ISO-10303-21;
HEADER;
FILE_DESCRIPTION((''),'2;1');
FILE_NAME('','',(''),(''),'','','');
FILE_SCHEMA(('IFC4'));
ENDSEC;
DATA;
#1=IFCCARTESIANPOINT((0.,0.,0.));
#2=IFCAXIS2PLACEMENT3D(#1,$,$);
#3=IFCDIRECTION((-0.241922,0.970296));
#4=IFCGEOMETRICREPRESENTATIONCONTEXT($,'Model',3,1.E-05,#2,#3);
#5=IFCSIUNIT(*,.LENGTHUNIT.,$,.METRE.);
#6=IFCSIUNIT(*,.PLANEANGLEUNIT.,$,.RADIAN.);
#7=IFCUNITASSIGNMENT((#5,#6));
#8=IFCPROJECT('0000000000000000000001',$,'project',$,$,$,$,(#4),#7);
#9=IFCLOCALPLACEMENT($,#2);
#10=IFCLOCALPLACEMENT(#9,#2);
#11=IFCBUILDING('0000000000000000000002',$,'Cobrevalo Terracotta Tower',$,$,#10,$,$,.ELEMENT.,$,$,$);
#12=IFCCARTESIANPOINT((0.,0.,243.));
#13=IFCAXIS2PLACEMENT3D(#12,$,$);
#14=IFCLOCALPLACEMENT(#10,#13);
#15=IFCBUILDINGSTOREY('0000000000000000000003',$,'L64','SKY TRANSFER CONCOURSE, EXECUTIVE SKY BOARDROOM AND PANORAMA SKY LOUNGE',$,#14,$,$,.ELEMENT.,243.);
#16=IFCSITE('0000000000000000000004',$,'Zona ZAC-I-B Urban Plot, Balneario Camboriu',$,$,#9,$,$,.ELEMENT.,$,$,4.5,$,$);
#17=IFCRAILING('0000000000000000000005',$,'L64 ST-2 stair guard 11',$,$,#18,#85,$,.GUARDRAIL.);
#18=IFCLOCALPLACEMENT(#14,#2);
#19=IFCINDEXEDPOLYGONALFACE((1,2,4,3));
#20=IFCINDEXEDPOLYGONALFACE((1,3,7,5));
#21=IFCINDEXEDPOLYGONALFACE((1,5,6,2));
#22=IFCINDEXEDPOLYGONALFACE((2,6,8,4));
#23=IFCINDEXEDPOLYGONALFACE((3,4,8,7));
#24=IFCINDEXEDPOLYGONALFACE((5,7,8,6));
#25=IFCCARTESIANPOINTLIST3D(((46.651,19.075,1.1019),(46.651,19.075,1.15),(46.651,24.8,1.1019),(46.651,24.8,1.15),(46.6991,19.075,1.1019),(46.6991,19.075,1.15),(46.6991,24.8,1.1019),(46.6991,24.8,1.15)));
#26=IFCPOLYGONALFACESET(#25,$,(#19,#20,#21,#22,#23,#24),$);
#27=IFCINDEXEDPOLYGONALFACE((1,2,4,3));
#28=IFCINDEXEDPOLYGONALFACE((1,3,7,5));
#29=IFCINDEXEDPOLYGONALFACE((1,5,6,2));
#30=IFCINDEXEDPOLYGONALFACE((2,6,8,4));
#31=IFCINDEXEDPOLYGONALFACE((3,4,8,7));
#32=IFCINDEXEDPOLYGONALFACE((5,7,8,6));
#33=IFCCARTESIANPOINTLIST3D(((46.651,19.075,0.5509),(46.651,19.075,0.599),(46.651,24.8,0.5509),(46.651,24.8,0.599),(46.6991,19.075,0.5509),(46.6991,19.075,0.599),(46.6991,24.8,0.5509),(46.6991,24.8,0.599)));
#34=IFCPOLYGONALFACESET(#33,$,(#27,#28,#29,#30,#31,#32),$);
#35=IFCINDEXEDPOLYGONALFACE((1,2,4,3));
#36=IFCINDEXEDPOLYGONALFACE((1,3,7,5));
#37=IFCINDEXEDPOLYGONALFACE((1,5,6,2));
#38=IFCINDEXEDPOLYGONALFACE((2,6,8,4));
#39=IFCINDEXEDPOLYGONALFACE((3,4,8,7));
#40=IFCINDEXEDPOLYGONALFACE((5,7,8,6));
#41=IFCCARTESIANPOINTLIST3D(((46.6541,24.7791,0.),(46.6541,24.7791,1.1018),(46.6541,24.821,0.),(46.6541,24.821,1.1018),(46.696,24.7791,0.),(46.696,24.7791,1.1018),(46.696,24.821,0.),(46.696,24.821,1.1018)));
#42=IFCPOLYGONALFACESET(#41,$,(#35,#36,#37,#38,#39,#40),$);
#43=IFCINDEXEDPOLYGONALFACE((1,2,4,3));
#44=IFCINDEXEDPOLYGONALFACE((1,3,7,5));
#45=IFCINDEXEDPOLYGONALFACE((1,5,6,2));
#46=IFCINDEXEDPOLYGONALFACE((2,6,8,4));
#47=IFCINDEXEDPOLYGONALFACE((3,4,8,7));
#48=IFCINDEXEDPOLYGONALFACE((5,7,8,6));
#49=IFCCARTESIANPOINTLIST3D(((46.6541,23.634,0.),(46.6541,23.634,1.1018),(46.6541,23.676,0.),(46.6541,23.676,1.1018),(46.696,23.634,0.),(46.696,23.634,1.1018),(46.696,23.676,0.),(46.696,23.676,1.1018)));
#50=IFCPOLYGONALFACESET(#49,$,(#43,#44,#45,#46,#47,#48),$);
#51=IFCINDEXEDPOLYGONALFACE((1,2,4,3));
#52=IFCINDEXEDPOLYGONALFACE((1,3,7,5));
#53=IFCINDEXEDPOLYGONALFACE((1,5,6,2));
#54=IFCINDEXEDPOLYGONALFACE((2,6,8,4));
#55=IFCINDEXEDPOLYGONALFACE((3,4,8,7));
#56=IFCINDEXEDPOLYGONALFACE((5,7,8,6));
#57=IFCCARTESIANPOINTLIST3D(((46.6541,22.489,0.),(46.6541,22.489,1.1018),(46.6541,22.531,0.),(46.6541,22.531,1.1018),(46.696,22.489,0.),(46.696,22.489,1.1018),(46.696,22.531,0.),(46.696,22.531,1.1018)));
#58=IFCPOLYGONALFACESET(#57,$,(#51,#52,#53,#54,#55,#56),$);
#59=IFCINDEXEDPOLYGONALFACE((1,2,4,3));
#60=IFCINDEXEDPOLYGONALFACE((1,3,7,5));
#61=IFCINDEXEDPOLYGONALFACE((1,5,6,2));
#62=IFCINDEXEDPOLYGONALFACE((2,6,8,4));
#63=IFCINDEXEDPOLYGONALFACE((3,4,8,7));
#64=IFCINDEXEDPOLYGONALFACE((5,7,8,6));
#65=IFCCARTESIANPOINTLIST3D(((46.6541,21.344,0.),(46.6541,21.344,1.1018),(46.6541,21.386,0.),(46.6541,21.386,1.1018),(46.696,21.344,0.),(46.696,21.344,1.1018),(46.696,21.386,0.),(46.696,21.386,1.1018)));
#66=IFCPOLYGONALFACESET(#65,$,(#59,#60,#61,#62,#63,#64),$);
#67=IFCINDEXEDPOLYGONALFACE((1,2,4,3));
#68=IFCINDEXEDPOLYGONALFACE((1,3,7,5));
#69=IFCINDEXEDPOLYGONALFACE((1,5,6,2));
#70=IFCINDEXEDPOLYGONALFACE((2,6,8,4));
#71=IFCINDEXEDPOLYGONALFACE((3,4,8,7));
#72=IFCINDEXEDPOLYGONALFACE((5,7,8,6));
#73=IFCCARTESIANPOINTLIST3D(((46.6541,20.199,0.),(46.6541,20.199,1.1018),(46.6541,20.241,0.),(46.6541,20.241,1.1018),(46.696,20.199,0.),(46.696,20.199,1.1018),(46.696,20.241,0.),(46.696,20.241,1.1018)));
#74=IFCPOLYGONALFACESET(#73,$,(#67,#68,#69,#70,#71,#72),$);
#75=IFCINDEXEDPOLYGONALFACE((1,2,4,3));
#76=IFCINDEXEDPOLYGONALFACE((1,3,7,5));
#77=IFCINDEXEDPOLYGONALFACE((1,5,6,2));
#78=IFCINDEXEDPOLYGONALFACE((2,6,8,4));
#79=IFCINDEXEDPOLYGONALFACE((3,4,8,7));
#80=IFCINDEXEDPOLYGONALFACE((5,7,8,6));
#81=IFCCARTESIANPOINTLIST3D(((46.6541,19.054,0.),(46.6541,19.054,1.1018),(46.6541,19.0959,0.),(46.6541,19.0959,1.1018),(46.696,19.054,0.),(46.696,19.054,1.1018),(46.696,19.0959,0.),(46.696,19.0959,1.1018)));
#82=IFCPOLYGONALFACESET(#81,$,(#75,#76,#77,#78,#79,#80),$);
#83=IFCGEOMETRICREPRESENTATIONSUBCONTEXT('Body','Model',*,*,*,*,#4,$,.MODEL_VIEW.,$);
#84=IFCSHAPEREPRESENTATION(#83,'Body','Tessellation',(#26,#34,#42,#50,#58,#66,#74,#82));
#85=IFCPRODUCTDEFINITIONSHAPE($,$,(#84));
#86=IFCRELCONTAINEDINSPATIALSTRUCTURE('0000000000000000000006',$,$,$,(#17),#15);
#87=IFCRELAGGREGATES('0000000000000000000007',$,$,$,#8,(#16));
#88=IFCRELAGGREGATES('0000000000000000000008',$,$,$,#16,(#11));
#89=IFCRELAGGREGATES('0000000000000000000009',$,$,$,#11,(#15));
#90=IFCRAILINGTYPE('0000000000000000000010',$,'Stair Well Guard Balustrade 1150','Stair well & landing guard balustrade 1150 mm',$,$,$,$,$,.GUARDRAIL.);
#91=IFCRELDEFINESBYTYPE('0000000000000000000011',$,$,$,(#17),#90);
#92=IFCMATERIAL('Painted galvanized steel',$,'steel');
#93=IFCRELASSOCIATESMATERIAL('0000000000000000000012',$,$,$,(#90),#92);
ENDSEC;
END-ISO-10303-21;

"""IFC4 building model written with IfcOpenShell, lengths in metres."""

from ifc_helpers import new_model, si_unit, direction, frame, origin, origin_2d, place, context, subcontext, project, spatial, rectangle, extrude, material, type_object, element, save


model = new_model("IFC4")

# Units and contexts
model_context = context("Model", 3, precision=1e-05, world=origin(), true_north=direction((-0.241922, 0.970296)))
body_context = subcontext(model_context, "Body", "Model", "MODEL_VIEW")
ifc_project = project(units=[si_unit("LENGTHUNIT", "METRE"), si_unit("PLANEANGLEUNIT", "RADIAN")], contexts=[model_context])

# Site, building, storey
site_placement = place(None, origin())
site = spatial("IfcSite", under=ifc_project, at=site_placement, Name="Zona ZAC-I-B Urban Plot, Balneario Camboriu", CompositionType="ELEMENT", RefElevation=4.5)
building_placement = place(site_placement, origin())
building = spatial("IfcBuilding", under=site, at=building_placement, Name="Cobrevalo Terracotta Tower", CompositionType="ELEMENT")
storey_placement = place(building_placement, frame((0.0, 0.0, 243.0)))
storey = spatial("IfcBuildingStorey", under=building, at=storey_placement, Name="L64", Description="SKY TRANSFER CONCOURSE, EXECUTIVE SKY BOARDROOM AND PANORAMA SKY LOUNGE", CompositionType="ELEMENT", Elevation=243.0)

# Railing
ifc_material_1 = material(Name="Painted galvanized steel", Category="steel")
railing_type = type_object("IfcRailingType", Name="Stair Well Guard Balustrade 1150", Description="Stair well & landing guard balustrade 1150 mm", PredefinedType="GUARDRAIL", material=ifc_material_1)
for number, where, name in (
    (1, (46.675, 24.8, 0.0), "L64 ST-2 stair guard 11"),
):
    element("IfcRailing", number, at=place(storey_placement, frame(where)), inside=storey, type_object=railing_type, Name=name, PredefinedType="GUARDRAIL", context=body_context, shape_type="SweptSolid", body=[
        extrude(rectangle(XDim=0.0481, YDim=0.0481, at=origin_2d()), frame((0.0, 0.0, 1.126), z_axis=(0.0, -1.0, 0.0), x_axis=(1.0, 0.0, 0.0)), (0.0, 0.0, 1.0), 5.7251),
        extrude(rectangle(XDim=0.0481, YDim=0.0481, at=origin_2d()), frame((0.0, 0.0, 0.575), z_axis=(0.0, -1.0, 0.0), x_axis=(1.0, 0.0, 0.0)), (0.0, 0.0, 1.0), 5.7251),
        extrude(rectangle(XDim=0.042, YDim=0.042, at=origin_2d()), origin(), (0.0, 0.0, 1.0), 1.1018),
        extrude(rectangle(XDim=0.042, YDim=0.042, at=origin_2d()), frame((0.0, -1.145, 0.0)), (0.0, 0.0, 1.0), 1.1018),
        extrude(rectangle(XDim=0.042, YDim=0.042, at=origin_2d()), frame((0.0, -2.29, 0.0)), (0.0, 0.0, 1.0), 1.1018),
        extrude(rectangle(XDim=0.042, YDim=0.042, at=origin_2d()), frame((0.0, -3.4351, 0.0)), (0.0, 0.0, 1.0), 1.1018),
        extrude(rectangle(XDim=0.042, YDim=0.042, at=origin_2d()), frame((0.0, -4.5801, 0.0)), (0.0, 0.0, 1.0), 1.1018),
        extrude(rectangle(XDim=0.042, YDim=0.042, at=origin_2d()), frame((0.0, -5.7251, 0.0)), (0.0, 0.0, 1.0), 1.1018),
    ])

save(model, "model.ifc")
